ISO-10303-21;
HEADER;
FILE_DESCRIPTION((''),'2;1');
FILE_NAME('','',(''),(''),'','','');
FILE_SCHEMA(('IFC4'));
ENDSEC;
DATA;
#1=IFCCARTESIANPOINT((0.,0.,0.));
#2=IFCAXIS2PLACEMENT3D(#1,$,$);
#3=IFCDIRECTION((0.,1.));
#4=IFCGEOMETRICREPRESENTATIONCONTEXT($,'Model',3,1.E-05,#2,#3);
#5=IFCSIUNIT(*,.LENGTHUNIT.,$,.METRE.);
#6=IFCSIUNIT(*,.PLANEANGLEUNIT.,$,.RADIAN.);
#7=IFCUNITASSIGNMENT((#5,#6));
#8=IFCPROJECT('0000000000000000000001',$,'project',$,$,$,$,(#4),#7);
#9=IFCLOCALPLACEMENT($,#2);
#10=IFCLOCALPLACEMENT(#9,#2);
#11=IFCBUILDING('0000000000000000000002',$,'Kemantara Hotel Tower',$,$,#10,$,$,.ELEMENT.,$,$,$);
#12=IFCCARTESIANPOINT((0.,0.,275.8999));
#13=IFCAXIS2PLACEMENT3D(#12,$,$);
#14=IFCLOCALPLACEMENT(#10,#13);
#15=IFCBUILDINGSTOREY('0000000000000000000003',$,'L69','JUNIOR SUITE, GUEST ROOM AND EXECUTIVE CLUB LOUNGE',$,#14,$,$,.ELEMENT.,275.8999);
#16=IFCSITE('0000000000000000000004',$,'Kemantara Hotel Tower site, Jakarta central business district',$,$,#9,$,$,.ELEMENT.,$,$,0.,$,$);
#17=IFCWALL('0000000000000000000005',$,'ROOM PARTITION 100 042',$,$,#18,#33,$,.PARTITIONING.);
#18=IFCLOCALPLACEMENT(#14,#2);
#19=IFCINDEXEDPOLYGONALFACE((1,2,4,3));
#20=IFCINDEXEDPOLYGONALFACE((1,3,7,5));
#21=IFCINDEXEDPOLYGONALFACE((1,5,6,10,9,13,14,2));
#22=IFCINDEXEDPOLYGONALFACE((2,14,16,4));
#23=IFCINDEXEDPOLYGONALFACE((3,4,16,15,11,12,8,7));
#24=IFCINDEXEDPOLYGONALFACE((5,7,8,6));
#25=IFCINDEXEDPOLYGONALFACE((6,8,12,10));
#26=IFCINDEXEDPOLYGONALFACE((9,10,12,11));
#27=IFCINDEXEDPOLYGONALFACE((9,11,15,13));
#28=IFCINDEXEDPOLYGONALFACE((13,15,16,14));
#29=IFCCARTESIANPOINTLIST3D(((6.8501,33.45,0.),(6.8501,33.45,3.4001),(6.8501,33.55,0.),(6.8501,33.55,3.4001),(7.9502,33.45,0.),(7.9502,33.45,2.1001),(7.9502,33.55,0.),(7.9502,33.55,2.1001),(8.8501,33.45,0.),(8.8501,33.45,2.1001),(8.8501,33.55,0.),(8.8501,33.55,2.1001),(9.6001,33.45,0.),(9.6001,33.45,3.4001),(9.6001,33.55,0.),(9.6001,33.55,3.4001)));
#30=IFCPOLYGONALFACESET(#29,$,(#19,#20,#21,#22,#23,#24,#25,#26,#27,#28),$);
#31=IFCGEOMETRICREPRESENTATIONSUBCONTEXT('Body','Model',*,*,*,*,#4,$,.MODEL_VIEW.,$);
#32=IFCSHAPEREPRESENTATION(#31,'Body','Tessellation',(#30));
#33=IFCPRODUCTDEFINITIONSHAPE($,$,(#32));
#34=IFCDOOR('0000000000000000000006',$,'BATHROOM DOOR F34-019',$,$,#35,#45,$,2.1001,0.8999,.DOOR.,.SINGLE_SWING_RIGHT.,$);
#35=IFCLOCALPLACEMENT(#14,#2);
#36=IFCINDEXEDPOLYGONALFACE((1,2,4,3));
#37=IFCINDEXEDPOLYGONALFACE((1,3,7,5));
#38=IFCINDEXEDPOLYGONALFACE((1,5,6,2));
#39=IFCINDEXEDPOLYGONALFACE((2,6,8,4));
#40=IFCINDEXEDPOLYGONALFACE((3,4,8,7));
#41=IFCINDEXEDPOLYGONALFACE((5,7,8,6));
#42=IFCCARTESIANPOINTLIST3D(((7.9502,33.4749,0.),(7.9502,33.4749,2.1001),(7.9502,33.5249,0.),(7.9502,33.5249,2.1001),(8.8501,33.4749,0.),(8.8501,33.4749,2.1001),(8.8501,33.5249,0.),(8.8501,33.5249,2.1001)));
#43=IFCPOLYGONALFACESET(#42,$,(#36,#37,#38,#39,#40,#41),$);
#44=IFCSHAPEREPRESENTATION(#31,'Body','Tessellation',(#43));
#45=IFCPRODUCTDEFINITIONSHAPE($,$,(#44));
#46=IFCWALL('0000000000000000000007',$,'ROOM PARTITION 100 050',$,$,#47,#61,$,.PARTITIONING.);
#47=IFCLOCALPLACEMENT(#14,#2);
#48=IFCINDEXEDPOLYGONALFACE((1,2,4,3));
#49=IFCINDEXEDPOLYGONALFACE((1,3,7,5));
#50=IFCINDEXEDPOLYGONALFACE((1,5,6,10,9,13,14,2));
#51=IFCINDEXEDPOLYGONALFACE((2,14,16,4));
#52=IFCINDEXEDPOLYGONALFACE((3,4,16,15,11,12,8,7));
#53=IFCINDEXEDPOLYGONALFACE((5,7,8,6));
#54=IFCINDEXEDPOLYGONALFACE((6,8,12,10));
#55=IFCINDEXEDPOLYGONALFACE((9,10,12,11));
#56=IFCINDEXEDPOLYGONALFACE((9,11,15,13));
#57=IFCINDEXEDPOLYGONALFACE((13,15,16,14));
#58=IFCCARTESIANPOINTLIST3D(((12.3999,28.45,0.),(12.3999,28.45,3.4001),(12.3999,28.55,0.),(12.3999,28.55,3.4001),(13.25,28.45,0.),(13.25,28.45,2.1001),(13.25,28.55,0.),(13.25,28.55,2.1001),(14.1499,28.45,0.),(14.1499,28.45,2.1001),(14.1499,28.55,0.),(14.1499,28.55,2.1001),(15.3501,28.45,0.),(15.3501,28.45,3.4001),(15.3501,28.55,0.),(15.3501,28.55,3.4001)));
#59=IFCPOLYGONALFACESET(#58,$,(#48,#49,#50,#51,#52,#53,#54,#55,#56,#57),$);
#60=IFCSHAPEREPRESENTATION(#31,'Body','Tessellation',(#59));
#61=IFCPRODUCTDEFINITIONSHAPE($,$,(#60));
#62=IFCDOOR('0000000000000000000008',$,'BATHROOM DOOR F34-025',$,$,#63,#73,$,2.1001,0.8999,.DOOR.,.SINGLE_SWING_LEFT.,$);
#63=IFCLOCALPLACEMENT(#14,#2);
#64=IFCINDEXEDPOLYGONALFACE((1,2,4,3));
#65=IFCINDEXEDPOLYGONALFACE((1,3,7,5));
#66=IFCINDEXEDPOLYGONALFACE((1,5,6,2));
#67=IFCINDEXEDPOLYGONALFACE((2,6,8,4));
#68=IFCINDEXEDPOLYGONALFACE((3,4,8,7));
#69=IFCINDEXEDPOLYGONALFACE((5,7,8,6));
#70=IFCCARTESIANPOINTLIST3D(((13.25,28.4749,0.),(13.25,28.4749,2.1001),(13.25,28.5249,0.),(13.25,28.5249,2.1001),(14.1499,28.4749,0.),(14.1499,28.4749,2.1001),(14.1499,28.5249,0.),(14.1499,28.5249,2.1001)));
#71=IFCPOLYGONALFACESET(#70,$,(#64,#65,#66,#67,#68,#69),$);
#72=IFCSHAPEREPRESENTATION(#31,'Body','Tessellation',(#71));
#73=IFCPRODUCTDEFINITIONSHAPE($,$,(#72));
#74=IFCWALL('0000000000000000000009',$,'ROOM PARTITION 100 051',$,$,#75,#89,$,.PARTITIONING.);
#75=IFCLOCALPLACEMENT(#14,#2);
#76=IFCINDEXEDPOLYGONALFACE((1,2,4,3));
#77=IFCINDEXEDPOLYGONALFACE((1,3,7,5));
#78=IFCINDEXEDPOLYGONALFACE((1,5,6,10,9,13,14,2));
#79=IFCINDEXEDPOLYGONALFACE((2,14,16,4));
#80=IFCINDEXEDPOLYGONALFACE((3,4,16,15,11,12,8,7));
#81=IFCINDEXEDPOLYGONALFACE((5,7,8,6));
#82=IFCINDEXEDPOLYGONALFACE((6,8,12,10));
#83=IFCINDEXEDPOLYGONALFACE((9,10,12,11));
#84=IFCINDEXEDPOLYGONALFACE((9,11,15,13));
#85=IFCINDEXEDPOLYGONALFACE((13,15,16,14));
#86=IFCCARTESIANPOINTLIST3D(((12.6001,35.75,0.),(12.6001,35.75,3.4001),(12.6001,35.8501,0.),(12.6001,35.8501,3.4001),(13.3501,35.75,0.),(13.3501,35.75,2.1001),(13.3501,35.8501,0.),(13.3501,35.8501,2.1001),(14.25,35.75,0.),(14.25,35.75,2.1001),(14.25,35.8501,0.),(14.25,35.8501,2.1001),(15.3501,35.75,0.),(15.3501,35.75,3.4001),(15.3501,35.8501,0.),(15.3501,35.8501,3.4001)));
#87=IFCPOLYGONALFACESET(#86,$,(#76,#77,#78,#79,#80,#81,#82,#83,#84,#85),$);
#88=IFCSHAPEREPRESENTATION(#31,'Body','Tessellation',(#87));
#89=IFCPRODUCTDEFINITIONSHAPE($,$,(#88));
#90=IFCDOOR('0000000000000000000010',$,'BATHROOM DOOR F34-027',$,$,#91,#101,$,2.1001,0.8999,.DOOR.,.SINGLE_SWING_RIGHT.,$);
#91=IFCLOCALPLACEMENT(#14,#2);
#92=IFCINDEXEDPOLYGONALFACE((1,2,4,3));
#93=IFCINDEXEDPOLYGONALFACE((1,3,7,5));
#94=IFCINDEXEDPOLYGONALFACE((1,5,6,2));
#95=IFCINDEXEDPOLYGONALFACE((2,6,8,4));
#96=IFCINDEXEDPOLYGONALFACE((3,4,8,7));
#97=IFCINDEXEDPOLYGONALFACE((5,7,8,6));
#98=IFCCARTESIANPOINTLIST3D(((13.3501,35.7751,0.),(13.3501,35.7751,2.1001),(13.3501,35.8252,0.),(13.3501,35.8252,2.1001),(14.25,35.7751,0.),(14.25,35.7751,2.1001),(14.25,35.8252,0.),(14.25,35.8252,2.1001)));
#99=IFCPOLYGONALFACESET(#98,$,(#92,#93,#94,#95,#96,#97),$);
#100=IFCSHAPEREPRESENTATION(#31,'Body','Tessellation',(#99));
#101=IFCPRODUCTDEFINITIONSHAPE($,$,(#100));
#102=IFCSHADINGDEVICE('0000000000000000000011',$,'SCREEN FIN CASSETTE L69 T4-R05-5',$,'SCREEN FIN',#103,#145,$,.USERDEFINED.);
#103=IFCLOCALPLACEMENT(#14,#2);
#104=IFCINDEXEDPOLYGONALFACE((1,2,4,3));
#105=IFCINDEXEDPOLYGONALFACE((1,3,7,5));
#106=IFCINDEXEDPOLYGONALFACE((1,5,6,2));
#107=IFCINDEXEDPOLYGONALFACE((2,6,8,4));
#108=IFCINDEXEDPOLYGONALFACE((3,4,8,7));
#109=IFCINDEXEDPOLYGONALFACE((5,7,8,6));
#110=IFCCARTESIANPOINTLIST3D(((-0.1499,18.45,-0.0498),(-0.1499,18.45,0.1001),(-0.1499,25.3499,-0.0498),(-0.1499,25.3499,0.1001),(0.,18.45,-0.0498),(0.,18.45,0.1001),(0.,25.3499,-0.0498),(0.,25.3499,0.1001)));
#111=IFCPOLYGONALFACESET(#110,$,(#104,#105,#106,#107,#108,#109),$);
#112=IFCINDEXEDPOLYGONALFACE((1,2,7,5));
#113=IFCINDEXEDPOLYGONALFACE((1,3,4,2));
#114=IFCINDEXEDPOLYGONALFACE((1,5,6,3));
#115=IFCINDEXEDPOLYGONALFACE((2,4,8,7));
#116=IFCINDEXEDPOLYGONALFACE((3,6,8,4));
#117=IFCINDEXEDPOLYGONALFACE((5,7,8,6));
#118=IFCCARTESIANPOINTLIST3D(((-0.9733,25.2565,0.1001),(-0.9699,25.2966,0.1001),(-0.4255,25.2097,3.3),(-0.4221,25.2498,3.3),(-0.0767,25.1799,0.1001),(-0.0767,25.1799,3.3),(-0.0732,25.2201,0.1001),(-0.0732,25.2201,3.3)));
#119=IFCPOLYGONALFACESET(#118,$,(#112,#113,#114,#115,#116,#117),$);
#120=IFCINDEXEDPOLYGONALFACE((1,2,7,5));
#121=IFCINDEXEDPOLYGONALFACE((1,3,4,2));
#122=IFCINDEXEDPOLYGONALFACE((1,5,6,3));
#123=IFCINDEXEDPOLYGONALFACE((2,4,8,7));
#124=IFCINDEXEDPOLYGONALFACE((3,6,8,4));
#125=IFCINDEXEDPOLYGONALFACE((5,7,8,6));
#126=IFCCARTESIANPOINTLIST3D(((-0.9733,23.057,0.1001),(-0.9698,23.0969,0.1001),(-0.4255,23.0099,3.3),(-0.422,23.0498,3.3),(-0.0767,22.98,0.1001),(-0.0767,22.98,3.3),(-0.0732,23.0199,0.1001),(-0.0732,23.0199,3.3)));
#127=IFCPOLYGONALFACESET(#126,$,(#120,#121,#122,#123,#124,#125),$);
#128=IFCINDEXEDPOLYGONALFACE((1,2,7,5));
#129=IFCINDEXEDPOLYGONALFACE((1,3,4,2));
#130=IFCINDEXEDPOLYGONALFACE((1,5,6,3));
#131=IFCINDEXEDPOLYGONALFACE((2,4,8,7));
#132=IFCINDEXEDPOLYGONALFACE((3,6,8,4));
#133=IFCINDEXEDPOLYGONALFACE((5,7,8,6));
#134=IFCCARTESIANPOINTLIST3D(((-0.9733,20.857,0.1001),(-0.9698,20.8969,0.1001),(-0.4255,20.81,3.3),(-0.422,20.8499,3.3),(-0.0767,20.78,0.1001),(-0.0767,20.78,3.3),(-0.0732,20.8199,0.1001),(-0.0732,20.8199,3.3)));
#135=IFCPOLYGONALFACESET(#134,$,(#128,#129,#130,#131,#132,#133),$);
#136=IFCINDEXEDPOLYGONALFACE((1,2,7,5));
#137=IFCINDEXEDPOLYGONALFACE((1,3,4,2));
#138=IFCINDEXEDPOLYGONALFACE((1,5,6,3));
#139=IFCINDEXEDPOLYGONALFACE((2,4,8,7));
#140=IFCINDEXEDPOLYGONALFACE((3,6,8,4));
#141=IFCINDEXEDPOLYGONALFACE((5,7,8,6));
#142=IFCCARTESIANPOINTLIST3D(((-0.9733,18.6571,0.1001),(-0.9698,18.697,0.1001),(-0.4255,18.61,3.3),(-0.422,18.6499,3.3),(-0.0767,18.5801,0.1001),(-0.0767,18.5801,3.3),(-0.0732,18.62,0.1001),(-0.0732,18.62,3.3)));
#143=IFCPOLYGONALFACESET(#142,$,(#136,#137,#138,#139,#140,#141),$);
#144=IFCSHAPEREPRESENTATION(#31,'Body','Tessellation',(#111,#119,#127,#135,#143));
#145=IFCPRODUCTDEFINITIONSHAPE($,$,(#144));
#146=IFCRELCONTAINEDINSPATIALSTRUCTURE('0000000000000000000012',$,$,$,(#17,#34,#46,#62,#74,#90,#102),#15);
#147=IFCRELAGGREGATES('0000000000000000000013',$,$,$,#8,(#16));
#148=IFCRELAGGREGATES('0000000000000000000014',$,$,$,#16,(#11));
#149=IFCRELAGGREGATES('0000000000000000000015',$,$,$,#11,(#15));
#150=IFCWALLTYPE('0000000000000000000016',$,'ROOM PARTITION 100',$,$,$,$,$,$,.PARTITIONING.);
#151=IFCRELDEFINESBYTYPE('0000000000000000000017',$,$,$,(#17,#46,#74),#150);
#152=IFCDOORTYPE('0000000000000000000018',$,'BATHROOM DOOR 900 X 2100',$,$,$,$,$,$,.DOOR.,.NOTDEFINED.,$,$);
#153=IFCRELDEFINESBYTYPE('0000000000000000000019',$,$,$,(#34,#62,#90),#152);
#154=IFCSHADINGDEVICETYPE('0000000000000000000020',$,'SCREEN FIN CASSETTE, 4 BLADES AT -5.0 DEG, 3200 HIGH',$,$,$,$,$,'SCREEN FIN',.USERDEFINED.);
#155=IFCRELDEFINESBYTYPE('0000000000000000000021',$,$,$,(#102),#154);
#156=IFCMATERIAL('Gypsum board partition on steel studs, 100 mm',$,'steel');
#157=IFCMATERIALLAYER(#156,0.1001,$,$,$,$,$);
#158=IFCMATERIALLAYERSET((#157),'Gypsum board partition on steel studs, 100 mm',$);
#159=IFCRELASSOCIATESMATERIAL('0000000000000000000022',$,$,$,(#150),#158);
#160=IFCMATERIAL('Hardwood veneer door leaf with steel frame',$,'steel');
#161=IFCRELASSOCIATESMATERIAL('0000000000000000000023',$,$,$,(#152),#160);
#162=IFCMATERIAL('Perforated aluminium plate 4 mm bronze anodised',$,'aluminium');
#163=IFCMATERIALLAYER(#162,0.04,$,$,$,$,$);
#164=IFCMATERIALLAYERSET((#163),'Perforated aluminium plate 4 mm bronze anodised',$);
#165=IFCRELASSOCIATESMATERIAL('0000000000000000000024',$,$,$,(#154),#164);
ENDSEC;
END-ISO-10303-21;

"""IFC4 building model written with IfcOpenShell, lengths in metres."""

from ifc_helpers import new_model, si_unit, direction, frame, frame_2d, origin, origin_2d, place, context, subcontext, project, spatial, polyline, rectangle, outline, extrude, source, transform, mapped, material, layer, layer_set, type_object, element, fill, save


model = new_model("IFC4")

# Units and contexts
model_context = context("Model", 3, precision=1e-05, world=origin(), true_north=direction((0.0, 1.0)))
body_context = subcontext(model_context, "Body", "Model", "MODEL_VIEW")
ifc_project = project(units=[si_unit("LENGTHUNIT", "METRE"), si_unit("PLANEANGLEUNIT", "RADIAN")], contexts=[model_context])

# Site, building, storey
site_placement = place(None, origin())
site = spatial("IfcSite", under=ifc_project, at=site_placement, Name="Kemantara Hotel Tower site, Jakarta central business district", CompositionType="ELEMENT", RefElevation=0.0)
building_placement = place(site_placement, origin())
building = spatial("IfcBuilding", under=site, at=building_placement, Name="Kemantara Hotel Tower", CompositionType="ELEMENT")
storey_placement = place(building_placement, frame((0.0, 0.0, 275.8999)))
storey = spatial("IfcBuildingStorey", under=building, at=storey_placement, Name="L69", Description="JUNIOR SUITE, GUEST ROOM AND EXECUTIVE CLUB LOUNGE", CompositionType="ELEMENT", Elevation=275.8999)

# Shared definitions
ifc_material_1 = material(Name="Hardwood veneer door leaf with steel frame", Category="steel")

# Shared definitions
ifc_material_2 = material(Name="Gypsum board partition on steel studs, 100 mm", Category="steel")
ifc_layer_1 = layer(ifc_material_2, 0.1001)
ifc_layer_set_1 = layer_set([ifc_layer_1], Name="Gypsum board partition on steel studs, 100 mm")
wall_type_1 = type_object("IfcWallType", Name="ROOM PARTITION 100", PredefinedType="PARTITIONING", material=ifc_layer_set_1)

# Walls, openings, doors
wall_1_placement = place(storey_placement, frame((6.8501, 33.5, 0.0), z_axis=(0.0, 0.0, 1.0), x_axis=(1.0, 0.0, 0.0)))
wall_1 = element("IfcWall", 1, at=wall_1_placement, inside=storey, type_object=wall_type_1, Name="ROOM PARTITION 100 042", PredefinedType="PARTITIONING", context=body_context, shape_type="SweptSolid", body=[
    extrude(rectangle(XDim=2.75, YDim=0.1001, at=frame_2d((1.375, 0.0))), origin(), (0.0, 0.0, 1.0), 3.4001),
])
opening_1_placement = place(wall_1_placement, frame((1.1001, 0.0, 0.0)))
opening_1 = element("IfcOpeningElement", 2, at=opening_1_placement, cuts=wall_1, PredefinedType="OPENING", context=body_context, shape_type="SweptSolid", body=[
    extrude(rectangle(XDim=0.8999, YDim=2.1001, at=frame_2d((0.45, 1.05))), frame((0.0, 0.0601, 0.0), z_axis=(0.0, -1.0, 0.0), x_axis=(1.0, 0.0, 0.0)), (0.0, 0.0, 1.0), 0.1201),
])
door_type_1 = type_object("IfcDoorType", Name="BATHROOM DOOR 900 X 2100", OperationType="NOTDEFINED", PredefinedType="DOOR", material=ifc_material_1)
door_1_placement = place(opening_1_placement, origin())
door_1 = element("IfcDoor", 3, at=door_1_placement, inside=storey, type_object=door_type_1, Name="BATHROOM DOOR F34-019", OperationType="SINGLE_SWING_RIGHT", OverallHeight=2.1001, OverallWidth=0.8999, PredefinedType="DOOR", context=body_context, shape_type="SweptSolid", body=[
    extrude(rectangle(XDim=0.8999, YDim=2.1001, at=frame_2d((0.45, 1.05))), frame((0.0, 0.0249, 0.0), z_axis=(0.0, -1.0, 0.0), x_axis=(1.0, 0.0, 0.0)), (0.0, 0.0, 1.0), 0.05),
])
fill(opening_1, door_1)
wall_2_placement = place(storey_placement, frame((12.3999, 28.5, 0.0), z_axis=(0.0, 0.0, 1.0), x_axis=(1.0, 0.0, 0.0)))
wall_2 = element("IfcWall", 4, at=wall_2_placement, inside=storey, type_object=wall_type_1, Name="ROOM PARTITION 100 050", PredefinedType="PARTITIONING", context=body_context, shape_type="SweptSolid", body=[
    extrude(rectangle(XDim=2.9502, YDim=0.1001, at=frame_2d((1.4751, 0.0))), origin(), (0.0, 0.0, 1.0), 3.4001),
])
opening_2_placement = place(wall_2_placement, frame((0.8501, 0.0, 0.0)))
opening_2 = element("IfcOpeningElement", 5, at=opening_2_placement, cuts=wall_2, PredefinedType="OPENING", context=body_context, shape_type="SweptSolid", body=[
    extrude(rectangle(XDim=0.8999, YDim=2.1001, at=frame_2d((0.45, 1.05))), frame((0.0, 0.0601, 0.0), z_axis=(0.0, -1.0, 0.0), x_axis=(1.0, 0.0, 0.0)), (0.0, 0.0, 1.0), 0.1201),
])
door_2_placement = place(opening_2_placement, origin())
door_2 = element("IfcDoor", 6, at=door_2_placement, inside=storey, type_object=door_type_1, Name="BATHROOM DOOR F34-025", OperationType="SINGLE_SWING_LEFT", OverallHeight=2.1001, OverallWidth=0.8999, PredefinedType="DOOR", context=body_context, shape_type="SweptSolid", body=[
    extrude(rectangle(XDim=0.8999, YDim=2.1001, at=frame_2d((0.45, 1.05))), frame((0.0, 0.0249, 0.0), z_axis=(0.0, -1.0, 0.0), x_axis=(1.0, 0.0, 0.0)), (0.0, 0.0, 1.0), 0.05),
])
fill(opening_2, door_2)
wall_3_placement = place(storey_placement, frame((15.3501, 35.8, 0.0), z_axis=(0.0, 0.0, 1.0), x_axis=(-1.0, 0.0, 0.0)))
wall_3 = element("IfcWall", 7, at=wall_3_placement, inside=storey, type_object=wall_type_1, Name="ROOM PARTITION 100 051", PredefinedType="PARTITIONING", context=body_context, shape_type="SweptSolid", body=[
    extrude(rectangle(XDim=2.75, YDim=0.1001, at=frame_2d((1.375, 0.0))), origin(), (0.0, 0.0, 1.0), 3.4001),
])
opening_3_placement = place(wall_3_placement, frame((1.1001, 0.0, 0.0)))
opening_3 = element("IfcOpeningElement", 8, at=opening_3_placement, cuts=wall_3, PredefinedType="OPENING", context=body_context, shape_type="SweptSolid", body=[
    extrude(rectangle(XDim=0.8999, YDim=2.1001, at=frame_2d((0.45, 1.05))), frame((0.0, 0.0601, 0.0), z_axis=(0.0, -1.0, 0.0), x_axis=(1.0, 0.0, 0.0)), (0.0, 0.0, 1.0), 0.1201),
])
door_3_placement = place(opening_3_placement, origin())
door_3 = element("IfcDoor", 9, at=door_3_placement, inside=storey, type_object=door_type_1, Name="BATHROOM DOOR F34-027", OperationType="SINGLE_SWING_RIGHT", OverallHeight=2.1001, OverallWidth=0.8999, PredefinedType="DOOR", context=body_context, shape_type="SweptSolid", body=[
    extrude(rectangle(XDim=0.8999, YDim=2.1001, at=frame_2d((0.45, 1.05))), frame((0.0, 0.0249, 0.0), z_axis=(0.0, -1.0, 0.0), x_axis=(1.0, 0.0, 0.0)), (0.0, 0.0, 1.0), 0.05),
])
fill(opening_3, door_3)

# Shading device
ifc_material_3 = material(Name="Perforated aluminium plate 4 mm bronze anodised", Category="aluminium")
ifc_layer_2 = layer(ifc_material_3, 0.04)
ifc_layer_set_2 = layer_set([ifc_layer_2], Name="Perforated aluminium plate 4 mm bronze anodised")
shading_device_type_1 = type_object("IfcShadingDeviceType", Name="SCREEN FIN CASSETTE, 4 BLADES AT -5.0 DEG, 3200 HIGH", ElementType="SCREEN FIN", PredefinedType="USERDEFINED", material=ifc_layer_set_2)
shared_shape_1 = source(origin(), body_context, "Body", "SweptSolid", [
    extrude(rectangle(XDim=6.8999, YDim=0.1499, at=origin_2d()), frame((3.3, -0.075, -0.1499), z_axis=(0.0, 0.0, 1.0), x_axis=(1.0, 0.0, 0.0)), (0.0, 0.0, 1.0), 0.1499),
    extrude(outline(polyline([(0.0, 0.0), (0.8999, 0.0), (0.3501, 3.2), (0.0, 3.2), (0.0, 0.0)])), frame((0.02, -0.0767, 0.0), z_axis=(-0.996376, 0.085056, 0.0), x_axis=(-0.085056, -0.996376, 0.0)), (0.0, 0.0, 1.0), 0.0403),
    extrude(outline(polyline([(0.0, 0.0), (0.8999, 0.0), (0.3501, 3.2), (0.0, 3.2), (0.0, 0.0)])), frame((2.22, -0.0767, 0.0), z_axis=(-0.996332, 0.085575, 0.0), x_axis=(-0.085575, -0.996332, 0.0)), (0.0, 0.0, 1.0), 0.04),
    extrude(outline(polyline([(0.0, 0.0), (0.8999, 0.0), (0.3501, 3.2), (0.0, 3.2), (0.0, 0.0)])), frame((4.4199, -0.0767, 0.0), z_axis=(-0.996332, 0.085575, 0.0), x_axis=(-0.085575, -0.996332, 0.0)), (0.0, 0.0, 1.0), 0.04),
    extrude(outline(polyline([(0.0, 0.0), (0.8999, 0.0), (0.3501, 3.2), (0.0, 3.2), (0.0, 0.0)])), frame((6.6199, -0.0767, 0.0), z_axis=(-0.996332, 0.085575, 0.0), x_axis=(-0.085575, -0.996332, 0.0)), (0.0, 0.0, 1.0), 0.04),
])
shading_device_1_placement = place(storey_placement, frame((0.0, 25.2, 0.1001), z_axis=(0.0, 0.0, 1.0), x_axis=(0.0, -1.0, 0.0)))
element("IfcShadingDevice", 10, at=shading_device_1_placement, inside=storey, type_object=shading_device_type_1, Name="SCREEN FIN CASSETTE L69 T4-R05-5", ObjectType="SCREEN FIN", PredefinedType="USERDEFINED", context=body_context, shape_type="MappedRepresentation", body=[
    mapped(shared_shape_1, transform((0.0, 0.0, 0.0))),
])

save(model, "model.ifc")
